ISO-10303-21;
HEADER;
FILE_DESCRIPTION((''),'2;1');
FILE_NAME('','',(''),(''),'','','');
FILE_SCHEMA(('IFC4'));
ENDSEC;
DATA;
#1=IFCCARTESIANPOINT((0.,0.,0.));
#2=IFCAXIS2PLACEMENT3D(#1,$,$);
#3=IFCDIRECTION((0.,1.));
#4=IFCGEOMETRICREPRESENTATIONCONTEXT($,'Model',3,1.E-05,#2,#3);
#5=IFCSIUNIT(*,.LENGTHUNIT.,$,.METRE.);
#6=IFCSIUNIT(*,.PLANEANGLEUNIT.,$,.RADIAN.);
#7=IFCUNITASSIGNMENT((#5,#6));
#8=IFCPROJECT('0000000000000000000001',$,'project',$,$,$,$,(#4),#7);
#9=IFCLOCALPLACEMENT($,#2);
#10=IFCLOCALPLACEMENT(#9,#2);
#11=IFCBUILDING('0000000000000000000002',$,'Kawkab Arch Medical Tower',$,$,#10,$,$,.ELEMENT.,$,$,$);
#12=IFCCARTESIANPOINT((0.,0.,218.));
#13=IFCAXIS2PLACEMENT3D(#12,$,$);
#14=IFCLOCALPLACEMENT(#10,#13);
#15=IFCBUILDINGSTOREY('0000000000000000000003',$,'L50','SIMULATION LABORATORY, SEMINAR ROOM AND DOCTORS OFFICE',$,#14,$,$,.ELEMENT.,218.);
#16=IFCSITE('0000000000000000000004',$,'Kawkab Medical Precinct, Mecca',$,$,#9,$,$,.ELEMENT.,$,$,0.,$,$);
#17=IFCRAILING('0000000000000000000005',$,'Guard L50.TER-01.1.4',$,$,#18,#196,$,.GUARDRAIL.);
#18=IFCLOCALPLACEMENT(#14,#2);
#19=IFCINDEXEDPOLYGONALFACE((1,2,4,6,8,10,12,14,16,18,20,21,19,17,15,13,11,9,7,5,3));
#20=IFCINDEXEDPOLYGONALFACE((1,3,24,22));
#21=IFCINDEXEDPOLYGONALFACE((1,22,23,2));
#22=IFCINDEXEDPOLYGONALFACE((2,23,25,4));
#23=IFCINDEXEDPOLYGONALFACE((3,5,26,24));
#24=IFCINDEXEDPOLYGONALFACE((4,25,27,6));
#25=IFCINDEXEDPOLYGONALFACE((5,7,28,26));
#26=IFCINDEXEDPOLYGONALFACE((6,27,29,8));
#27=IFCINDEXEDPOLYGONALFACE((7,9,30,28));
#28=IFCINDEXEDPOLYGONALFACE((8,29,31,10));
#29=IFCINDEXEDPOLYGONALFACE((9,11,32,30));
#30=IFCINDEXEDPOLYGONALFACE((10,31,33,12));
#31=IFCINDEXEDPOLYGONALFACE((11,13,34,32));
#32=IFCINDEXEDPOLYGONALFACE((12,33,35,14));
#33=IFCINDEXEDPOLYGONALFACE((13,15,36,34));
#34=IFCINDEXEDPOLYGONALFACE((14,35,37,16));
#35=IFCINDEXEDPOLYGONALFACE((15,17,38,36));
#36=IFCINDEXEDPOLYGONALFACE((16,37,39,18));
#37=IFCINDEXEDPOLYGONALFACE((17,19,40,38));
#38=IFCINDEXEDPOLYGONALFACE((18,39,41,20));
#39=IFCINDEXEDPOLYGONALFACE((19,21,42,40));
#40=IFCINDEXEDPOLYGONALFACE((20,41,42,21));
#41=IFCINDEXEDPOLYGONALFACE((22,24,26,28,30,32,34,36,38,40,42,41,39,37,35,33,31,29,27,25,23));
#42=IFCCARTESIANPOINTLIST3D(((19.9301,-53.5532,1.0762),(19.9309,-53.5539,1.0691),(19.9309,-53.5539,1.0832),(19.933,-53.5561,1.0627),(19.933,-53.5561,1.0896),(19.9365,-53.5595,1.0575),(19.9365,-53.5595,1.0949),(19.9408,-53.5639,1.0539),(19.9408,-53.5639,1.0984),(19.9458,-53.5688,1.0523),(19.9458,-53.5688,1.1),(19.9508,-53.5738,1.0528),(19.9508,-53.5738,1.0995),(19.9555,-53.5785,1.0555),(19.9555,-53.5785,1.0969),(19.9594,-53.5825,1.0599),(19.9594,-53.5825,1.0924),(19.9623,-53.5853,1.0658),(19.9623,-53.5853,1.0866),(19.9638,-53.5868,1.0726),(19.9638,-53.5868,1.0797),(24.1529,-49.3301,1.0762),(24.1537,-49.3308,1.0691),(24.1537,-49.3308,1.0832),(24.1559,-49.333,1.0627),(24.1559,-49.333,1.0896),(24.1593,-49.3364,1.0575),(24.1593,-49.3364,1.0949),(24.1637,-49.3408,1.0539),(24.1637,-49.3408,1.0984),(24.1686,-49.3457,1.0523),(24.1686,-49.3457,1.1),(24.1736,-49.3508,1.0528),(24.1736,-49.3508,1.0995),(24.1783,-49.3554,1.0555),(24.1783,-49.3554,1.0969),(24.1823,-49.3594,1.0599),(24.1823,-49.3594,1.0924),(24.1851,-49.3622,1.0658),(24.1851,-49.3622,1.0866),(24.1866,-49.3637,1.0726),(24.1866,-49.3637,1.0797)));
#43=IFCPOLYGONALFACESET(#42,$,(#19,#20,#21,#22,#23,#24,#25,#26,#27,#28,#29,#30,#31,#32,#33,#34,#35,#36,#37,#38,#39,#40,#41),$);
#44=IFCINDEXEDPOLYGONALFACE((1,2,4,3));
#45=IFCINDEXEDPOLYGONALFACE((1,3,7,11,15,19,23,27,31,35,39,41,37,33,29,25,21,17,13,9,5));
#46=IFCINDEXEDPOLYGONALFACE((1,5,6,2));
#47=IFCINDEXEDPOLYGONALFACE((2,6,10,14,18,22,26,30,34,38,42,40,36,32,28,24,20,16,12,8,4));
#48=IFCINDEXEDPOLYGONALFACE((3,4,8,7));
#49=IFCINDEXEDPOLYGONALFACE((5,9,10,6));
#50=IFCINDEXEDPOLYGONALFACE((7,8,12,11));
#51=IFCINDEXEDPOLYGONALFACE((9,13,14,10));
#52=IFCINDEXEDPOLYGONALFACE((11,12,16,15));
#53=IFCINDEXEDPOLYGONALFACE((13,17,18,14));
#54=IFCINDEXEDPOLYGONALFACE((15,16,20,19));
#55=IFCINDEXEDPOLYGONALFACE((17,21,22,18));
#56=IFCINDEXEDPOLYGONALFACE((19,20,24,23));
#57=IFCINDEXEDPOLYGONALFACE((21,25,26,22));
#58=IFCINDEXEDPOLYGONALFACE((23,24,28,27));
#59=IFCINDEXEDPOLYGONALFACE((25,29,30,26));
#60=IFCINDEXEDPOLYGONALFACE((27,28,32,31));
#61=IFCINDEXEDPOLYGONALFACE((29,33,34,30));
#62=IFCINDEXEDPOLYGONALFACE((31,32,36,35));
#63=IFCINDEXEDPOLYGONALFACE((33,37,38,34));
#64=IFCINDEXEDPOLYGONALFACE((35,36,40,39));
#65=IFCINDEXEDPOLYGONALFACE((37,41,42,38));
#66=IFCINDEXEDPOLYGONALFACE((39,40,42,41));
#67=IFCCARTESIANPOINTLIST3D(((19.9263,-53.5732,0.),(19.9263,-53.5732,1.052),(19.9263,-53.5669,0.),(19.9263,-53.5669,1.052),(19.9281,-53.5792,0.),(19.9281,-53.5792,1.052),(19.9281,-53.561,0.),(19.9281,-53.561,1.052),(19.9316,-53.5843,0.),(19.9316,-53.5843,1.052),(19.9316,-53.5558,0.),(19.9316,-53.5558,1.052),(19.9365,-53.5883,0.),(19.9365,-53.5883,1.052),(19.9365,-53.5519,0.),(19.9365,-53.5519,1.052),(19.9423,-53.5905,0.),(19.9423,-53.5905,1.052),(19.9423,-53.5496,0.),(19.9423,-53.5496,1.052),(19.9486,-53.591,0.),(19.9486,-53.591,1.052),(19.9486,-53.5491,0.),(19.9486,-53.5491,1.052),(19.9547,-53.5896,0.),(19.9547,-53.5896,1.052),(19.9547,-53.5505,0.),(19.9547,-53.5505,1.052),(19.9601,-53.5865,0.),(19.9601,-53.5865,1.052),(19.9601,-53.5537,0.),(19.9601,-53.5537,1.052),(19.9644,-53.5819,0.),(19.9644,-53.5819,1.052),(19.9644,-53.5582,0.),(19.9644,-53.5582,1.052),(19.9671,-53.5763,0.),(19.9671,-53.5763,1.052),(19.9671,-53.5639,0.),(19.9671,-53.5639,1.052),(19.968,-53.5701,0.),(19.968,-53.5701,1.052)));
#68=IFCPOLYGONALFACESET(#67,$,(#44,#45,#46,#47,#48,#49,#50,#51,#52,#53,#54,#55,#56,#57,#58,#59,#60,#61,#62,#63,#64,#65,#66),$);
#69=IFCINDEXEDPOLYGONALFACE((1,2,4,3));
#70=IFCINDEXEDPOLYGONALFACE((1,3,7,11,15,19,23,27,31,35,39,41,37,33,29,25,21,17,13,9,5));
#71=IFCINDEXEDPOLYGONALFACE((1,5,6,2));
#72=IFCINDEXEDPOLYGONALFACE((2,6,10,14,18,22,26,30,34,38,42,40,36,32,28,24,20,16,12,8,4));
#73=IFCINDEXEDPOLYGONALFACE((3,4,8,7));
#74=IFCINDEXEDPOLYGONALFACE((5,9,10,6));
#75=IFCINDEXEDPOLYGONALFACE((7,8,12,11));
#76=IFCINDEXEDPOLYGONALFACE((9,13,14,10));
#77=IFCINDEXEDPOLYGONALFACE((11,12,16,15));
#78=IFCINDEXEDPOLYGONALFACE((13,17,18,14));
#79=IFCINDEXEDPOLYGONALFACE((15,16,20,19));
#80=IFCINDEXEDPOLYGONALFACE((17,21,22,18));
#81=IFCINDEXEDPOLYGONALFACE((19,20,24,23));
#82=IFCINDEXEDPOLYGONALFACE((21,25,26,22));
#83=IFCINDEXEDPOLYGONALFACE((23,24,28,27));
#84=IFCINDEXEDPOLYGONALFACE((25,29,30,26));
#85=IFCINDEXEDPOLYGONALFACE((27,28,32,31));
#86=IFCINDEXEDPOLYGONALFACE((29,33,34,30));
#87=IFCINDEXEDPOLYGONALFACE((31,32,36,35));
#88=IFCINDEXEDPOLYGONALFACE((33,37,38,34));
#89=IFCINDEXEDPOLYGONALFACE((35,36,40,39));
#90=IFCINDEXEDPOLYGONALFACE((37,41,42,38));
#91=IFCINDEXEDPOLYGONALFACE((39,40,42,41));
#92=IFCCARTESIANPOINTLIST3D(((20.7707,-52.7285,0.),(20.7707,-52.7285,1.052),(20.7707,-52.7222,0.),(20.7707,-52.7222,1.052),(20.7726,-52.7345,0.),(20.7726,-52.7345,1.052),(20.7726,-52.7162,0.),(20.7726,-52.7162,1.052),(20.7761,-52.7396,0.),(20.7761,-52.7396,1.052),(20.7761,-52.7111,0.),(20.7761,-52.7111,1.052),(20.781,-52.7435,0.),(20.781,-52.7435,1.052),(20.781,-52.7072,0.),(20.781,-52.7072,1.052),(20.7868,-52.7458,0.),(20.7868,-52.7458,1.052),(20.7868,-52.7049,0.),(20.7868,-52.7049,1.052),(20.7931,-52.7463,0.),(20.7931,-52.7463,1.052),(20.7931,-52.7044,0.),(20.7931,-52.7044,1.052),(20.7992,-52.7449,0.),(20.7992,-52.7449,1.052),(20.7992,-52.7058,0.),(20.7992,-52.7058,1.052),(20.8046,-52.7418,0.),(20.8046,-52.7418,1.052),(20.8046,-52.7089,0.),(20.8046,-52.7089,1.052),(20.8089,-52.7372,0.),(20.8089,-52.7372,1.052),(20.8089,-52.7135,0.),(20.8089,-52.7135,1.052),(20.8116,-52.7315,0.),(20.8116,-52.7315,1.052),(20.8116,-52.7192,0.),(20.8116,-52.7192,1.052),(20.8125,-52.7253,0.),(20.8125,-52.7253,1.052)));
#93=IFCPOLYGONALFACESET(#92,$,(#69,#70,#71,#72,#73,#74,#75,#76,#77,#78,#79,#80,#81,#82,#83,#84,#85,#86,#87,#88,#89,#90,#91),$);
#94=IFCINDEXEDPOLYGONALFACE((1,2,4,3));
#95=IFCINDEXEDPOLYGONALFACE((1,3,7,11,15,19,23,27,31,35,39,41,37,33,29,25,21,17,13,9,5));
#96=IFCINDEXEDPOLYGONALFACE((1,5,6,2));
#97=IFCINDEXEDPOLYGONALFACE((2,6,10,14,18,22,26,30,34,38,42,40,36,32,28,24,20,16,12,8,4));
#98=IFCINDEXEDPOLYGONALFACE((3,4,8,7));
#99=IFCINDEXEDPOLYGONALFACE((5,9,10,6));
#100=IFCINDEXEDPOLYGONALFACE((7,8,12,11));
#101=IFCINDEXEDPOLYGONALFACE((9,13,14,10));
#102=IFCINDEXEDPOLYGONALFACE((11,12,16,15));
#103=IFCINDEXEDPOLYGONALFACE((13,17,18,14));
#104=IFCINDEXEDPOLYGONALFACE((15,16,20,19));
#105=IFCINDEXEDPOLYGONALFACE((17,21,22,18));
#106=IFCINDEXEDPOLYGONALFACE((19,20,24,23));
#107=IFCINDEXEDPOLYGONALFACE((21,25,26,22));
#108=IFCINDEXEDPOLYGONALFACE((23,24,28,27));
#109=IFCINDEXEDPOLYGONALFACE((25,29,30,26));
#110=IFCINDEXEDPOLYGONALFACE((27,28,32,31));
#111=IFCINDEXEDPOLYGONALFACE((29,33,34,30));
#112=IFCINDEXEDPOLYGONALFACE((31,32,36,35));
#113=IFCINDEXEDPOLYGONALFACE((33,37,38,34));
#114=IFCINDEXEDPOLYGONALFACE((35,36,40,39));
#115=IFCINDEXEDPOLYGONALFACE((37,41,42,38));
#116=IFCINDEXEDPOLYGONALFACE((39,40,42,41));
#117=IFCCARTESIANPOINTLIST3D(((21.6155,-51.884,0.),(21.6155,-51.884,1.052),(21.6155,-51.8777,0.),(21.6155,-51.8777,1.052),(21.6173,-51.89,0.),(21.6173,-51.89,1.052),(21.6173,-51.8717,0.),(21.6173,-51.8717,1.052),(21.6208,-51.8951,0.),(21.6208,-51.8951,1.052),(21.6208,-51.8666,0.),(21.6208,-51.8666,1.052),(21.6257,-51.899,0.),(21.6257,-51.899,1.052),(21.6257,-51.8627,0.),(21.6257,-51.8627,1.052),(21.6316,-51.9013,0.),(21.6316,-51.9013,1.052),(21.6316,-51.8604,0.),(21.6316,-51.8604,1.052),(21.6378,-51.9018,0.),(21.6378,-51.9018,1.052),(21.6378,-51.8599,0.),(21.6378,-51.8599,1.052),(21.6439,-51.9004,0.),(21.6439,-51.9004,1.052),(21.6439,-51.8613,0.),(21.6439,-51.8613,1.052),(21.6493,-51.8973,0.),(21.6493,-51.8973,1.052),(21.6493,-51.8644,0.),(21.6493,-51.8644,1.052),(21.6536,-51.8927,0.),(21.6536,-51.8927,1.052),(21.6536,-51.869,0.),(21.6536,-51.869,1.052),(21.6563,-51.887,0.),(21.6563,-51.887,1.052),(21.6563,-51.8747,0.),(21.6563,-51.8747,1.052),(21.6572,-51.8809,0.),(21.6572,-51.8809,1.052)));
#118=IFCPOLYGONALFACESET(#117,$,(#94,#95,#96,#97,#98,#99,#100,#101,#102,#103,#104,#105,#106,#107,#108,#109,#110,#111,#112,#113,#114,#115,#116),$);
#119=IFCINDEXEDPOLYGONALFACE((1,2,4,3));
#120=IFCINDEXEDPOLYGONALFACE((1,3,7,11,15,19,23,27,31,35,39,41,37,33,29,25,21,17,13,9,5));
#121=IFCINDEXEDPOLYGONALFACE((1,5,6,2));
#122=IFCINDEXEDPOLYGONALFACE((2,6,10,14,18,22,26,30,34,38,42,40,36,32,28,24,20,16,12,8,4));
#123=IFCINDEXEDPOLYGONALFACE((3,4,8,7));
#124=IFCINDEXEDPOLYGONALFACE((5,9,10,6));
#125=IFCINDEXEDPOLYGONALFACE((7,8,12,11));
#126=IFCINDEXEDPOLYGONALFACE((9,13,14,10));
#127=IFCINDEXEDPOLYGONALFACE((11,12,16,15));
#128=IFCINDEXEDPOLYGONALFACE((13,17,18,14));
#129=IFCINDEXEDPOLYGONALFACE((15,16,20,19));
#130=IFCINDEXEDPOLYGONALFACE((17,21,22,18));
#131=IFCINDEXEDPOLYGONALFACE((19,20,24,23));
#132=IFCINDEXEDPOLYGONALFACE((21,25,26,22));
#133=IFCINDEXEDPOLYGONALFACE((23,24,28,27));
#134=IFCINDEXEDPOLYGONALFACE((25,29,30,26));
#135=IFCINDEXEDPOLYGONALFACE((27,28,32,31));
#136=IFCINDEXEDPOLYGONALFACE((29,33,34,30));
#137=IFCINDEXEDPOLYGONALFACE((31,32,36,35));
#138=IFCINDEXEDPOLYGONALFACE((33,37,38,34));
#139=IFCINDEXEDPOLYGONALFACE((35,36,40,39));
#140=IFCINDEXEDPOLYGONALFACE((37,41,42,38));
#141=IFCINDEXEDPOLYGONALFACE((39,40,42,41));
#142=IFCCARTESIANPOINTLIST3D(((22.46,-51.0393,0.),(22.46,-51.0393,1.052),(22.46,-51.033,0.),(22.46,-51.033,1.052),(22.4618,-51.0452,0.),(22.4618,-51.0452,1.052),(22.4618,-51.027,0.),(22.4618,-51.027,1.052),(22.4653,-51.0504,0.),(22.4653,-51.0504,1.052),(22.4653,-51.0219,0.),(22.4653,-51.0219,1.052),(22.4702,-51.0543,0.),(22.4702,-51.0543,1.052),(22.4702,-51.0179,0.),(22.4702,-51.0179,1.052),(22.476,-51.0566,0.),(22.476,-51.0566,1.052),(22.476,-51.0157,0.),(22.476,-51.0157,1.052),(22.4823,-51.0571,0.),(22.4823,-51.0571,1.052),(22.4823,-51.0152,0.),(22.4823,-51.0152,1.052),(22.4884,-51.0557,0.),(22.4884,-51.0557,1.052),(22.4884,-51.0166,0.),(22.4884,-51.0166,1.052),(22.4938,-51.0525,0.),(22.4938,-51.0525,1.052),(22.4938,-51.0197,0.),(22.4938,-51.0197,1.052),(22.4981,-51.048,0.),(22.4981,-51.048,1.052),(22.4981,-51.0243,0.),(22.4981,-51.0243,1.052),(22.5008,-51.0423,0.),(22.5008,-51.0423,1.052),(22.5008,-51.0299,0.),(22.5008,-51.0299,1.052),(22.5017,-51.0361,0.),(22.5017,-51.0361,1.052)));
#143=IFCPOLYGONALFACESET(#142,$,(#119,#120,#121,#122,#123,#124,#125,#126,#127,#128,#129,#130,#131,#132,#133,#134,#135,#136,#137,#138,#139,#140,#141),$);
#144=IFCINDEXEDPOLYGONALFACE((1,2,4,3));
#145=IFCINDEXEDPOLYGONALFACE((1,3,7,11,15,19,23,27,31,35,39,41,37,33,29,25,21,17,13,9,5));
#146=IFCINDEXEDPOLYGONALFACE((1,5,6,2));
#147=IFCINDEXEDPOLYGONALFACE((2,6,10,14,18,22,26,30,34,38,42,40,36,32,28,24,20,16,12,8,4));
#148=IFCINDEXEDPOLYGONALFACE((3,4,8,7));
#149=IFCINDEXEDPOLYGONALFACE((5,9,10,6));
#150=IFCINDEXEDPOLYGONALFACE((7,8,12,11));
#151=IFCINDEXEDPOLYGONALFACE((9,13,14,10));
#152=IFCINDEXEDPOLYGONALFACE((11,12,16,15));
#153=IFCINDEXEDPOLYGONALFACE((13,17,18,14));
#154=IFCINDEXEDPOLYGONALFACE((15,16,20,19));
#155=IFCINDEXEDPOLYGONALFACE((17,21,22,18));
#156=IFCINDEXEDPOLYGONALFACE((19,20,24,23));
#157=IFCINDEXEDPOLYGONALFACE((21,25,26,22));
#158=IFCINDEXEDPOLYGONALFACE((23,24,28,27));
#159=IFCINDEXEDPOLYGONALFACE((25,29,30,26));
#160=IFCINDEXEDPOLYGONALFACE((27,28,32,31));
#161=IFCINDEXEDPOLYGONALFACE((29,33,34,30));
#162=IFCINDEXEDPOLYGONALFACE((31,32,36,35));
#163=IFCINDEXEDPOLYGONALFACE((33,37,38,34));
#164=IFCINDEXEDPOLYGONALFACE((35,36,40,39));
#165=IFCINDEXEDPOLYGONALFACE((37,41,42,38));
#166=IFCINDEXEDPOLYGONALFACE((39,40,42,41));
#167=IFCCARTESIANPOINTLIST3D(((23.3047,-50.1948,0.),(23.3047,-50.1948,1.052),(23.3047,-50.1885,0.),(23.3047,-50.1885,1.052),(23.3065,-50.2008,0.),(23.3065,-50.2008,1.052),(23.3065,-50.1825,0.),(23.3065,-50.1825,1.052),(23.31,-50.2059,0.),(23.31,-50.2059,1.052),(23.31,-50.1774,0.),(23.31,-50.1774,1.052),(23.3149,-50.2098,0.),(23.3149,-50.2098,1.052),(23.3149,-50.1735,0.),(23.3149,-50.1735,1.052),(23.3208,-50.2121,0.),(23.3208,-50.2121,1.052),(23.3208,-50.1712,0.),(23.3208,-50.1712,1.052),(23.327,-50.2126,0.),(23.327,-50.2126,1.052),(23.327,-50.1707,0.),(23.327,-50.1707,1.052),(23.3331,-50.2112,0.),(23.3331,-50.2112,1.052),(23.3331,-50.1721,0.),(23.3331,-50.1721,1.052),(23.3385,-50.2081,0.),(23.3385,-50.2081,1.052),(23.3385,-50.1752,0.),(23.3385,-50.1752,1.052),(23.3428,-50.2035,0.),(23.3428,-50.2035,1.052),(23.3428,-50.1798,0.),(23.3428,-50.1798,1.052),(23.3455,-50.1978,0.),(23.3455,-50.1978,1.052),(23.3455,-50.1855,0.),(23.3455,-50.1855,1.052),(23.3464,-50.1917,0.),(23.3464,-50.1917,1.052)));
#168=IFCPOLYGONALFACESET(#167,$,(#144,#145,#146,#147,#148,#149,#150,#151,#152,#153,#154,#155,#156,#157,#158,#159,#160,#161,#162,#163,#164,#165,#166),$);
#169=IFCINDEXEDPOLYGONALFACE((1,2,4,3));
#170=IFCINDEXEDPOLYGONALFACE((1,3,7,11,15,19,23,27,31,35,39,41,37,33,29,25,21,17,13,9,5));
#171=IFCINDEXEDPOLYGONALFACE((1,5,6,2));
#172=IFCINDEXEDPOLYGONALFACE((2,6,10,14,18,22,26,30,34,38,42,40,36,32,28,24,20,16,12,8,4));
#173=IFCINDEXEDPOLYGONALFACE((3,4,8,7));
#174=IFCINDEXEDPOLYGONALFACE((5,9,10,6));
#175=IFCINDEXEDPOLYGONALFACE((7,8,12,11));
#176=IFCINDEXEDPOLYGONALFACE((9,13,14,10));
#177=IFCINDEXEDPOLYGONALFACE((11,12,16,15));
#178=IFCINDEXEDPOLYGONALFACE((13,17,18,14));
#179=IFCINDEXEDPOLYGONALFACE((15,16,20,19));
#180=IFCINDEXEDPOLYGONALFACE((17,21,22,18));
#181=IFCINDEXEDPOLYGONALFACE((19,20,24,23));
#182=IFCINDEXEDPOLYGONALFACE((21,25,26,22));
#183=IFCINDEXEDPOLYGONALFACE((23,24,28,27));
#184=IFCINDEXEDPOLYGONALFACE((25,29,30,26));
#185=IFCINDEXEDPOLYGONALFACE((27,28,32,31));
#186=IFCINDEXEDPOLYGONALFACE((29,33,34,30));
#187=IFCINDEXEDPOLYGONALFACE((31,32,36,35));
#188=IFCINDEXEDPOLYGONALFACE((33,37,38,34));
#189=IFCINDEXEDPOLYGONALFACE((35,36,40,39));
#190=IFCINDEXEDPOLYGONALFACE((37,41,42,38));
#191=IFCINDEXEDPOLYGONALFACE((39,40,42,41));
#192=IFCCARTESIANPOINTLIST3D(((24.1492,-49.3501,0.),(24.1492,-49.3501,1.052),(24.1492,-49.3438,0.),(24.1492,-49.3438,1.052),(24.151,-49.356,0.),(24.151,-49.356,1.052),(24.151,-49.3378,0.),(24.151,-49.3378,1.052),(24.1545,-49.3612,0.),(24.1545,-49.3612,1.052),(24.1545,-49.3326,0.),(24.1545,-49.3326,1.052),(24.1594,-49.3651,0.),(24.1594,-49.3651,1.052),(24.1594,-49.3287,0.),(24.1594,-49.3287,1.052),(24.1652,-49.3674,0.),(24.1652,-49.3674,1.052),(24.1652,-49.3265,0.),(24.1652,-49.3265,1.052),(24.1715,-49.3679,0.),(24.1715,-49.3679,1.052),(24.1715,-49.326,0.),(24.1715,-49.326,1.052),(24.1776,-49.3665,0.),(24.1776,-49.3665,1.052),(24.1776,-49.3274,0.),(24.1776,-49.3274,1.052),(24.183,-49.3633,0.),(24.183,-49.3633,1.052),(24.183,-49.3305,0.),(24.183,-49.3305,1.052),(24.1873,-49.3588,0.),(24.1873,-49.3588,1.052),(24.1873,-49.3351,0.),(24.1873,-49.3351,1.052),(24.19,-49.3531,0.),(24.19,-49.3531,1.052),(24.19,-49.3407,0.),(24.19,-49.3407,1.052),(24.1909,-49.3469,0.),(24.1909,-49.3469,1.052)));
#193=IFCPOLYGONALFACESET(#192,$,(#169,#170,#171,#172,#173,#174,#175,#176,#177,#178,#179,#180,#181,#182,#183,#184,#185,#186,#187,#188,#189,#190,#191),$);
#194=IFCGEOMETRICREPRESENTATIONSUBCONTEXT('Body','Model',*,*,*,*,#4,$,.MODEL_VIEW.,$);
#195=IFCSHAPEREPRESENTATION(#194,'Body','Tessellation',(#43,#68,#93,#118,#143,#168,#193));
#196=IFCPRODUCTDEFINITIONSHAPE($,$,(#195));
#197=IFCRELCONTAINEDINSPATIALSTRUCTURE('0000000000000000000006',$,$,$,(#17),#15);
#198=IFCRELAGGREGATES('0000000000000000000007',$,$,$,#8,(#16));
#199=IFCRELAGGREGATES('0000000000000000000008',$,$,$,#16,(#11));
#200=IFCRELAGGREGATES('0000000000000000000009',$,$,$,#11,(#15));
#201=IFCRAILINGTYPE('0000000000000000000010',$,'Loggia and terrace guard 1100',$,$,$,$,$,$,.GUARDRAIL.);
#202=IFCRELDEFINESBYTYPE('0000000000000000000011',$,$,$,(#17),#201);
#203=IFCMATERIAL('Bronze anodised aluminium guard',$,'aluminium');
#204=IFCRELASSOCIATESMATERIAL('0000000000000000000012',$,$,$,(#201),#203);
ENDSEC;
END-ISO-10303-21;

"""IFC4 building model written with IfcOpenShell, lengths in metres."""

from ifc_helpers import new_model, si_unit, direction, frame, origin, origin_2d, place, context, subcontext, project, spatial, circle, extrude, material, type_object, element, save


model = new_model("IFC4")

# Units and contexts
model_context = context("Model", 3, precision=1e-05, world=origin(), true_north=direction((0.0, 1.0)))
body_context = subcontext(model_context, "Body", "Model", "MODEL_VIEW")
ifc_project = project(units=[si_unit("LENGTHUNIT", "METRE"), si_unit("PLANEANGLEUNIT", "RADIAN")], contexts=[model_context])

# Site, building, storey
site_placement = place(None, origin())
site = spatial("IfcSite", under=ifc_project, at=site_placement, Name="Kawkab Medical Precinct, Mecca", CompositionType="ELEMENT", RefElevation=0.0)
building_placement = place(site_placement, origin())
building = spatial("IfcBuilding", under=site, at=building_placement, Name="Kawkab Arch Medical Tower", CompositionType="ELEMENT")
storey_placement = place(building_placement, frame((0.0, 0.0, 218.0)))
storey = spatial("IfcBuildingStorey", under=building, at=storey_placement, Name="L50", Description="SIMULATION LABORATORY, SEMINAR ROOM AND DOCTORS OFFICE", CompositionType="ELEMENT", Elevation=218.0)

# Railing
ifc_material_1 = material(Name="Bronze anodised aluminium guard", Category="aluminium")
railing_type_1 = type_object("IfcRailingType", Name="Loggia and terrace guard 1100", PredefinedType="GUARDRAIL", material=ifc_material_1)
railing_1_placement = place(storey_placement, frame((19.947, -53.5701, 0.0)))
element("IfcRailing", 1, at=railing_1_placement, inside=storey, type_object=railing_type_1, Name="Guard L50.TER-01.1.4", PredefinedType="GUARDRAIL", context=body_context, shape_type="SweptSolid", body=[
    extrude(circle(Radius=0.0239, at=origin_2d()), frame((0.0, 0.0, 1.0762), z_axis=(0.707086, 0.707127, 0.0), x_axis=(-0.707127, 0.707086, 0.0)), (0.0, 0.0, 1.0), 5.9722),
    extrude(circle(Radius=0.021, at=origin_2d()), origin(), (0.0, 0.0, 1.0), 1.052),
    extrude(circle(Radius=0.021, at=origin_2d()), frame((0.8445, 0.8447, 0.0)), (0.0, 0.0, 1.0), 1.052),
    extrude(circle(Radius=0.021, at=origin_2d()), frame((1.6892, 1.6892, 0.0)), (0.0, 0.0, 1.0), 1.052),
    extrude(circle(Radius=0.021, at=origin_2d()), frame((2.5337, 2.5339, 0.0)), (0.0, 0.0, 1.0), 1.052),
    extrude(circle(Radius=0.021, at=origin_2d()), frame((3.3784, 3.3784, 0.0)), (0.0, 0.0, 1.0), 1.052),
    extrude(circle(Radius=0.021, at=origin_2d()), frame((4.2229, 4.2231, 0.0)), (0.0, 0.0, 1.0), 1.052),
])

save(model, "model.ifc")
